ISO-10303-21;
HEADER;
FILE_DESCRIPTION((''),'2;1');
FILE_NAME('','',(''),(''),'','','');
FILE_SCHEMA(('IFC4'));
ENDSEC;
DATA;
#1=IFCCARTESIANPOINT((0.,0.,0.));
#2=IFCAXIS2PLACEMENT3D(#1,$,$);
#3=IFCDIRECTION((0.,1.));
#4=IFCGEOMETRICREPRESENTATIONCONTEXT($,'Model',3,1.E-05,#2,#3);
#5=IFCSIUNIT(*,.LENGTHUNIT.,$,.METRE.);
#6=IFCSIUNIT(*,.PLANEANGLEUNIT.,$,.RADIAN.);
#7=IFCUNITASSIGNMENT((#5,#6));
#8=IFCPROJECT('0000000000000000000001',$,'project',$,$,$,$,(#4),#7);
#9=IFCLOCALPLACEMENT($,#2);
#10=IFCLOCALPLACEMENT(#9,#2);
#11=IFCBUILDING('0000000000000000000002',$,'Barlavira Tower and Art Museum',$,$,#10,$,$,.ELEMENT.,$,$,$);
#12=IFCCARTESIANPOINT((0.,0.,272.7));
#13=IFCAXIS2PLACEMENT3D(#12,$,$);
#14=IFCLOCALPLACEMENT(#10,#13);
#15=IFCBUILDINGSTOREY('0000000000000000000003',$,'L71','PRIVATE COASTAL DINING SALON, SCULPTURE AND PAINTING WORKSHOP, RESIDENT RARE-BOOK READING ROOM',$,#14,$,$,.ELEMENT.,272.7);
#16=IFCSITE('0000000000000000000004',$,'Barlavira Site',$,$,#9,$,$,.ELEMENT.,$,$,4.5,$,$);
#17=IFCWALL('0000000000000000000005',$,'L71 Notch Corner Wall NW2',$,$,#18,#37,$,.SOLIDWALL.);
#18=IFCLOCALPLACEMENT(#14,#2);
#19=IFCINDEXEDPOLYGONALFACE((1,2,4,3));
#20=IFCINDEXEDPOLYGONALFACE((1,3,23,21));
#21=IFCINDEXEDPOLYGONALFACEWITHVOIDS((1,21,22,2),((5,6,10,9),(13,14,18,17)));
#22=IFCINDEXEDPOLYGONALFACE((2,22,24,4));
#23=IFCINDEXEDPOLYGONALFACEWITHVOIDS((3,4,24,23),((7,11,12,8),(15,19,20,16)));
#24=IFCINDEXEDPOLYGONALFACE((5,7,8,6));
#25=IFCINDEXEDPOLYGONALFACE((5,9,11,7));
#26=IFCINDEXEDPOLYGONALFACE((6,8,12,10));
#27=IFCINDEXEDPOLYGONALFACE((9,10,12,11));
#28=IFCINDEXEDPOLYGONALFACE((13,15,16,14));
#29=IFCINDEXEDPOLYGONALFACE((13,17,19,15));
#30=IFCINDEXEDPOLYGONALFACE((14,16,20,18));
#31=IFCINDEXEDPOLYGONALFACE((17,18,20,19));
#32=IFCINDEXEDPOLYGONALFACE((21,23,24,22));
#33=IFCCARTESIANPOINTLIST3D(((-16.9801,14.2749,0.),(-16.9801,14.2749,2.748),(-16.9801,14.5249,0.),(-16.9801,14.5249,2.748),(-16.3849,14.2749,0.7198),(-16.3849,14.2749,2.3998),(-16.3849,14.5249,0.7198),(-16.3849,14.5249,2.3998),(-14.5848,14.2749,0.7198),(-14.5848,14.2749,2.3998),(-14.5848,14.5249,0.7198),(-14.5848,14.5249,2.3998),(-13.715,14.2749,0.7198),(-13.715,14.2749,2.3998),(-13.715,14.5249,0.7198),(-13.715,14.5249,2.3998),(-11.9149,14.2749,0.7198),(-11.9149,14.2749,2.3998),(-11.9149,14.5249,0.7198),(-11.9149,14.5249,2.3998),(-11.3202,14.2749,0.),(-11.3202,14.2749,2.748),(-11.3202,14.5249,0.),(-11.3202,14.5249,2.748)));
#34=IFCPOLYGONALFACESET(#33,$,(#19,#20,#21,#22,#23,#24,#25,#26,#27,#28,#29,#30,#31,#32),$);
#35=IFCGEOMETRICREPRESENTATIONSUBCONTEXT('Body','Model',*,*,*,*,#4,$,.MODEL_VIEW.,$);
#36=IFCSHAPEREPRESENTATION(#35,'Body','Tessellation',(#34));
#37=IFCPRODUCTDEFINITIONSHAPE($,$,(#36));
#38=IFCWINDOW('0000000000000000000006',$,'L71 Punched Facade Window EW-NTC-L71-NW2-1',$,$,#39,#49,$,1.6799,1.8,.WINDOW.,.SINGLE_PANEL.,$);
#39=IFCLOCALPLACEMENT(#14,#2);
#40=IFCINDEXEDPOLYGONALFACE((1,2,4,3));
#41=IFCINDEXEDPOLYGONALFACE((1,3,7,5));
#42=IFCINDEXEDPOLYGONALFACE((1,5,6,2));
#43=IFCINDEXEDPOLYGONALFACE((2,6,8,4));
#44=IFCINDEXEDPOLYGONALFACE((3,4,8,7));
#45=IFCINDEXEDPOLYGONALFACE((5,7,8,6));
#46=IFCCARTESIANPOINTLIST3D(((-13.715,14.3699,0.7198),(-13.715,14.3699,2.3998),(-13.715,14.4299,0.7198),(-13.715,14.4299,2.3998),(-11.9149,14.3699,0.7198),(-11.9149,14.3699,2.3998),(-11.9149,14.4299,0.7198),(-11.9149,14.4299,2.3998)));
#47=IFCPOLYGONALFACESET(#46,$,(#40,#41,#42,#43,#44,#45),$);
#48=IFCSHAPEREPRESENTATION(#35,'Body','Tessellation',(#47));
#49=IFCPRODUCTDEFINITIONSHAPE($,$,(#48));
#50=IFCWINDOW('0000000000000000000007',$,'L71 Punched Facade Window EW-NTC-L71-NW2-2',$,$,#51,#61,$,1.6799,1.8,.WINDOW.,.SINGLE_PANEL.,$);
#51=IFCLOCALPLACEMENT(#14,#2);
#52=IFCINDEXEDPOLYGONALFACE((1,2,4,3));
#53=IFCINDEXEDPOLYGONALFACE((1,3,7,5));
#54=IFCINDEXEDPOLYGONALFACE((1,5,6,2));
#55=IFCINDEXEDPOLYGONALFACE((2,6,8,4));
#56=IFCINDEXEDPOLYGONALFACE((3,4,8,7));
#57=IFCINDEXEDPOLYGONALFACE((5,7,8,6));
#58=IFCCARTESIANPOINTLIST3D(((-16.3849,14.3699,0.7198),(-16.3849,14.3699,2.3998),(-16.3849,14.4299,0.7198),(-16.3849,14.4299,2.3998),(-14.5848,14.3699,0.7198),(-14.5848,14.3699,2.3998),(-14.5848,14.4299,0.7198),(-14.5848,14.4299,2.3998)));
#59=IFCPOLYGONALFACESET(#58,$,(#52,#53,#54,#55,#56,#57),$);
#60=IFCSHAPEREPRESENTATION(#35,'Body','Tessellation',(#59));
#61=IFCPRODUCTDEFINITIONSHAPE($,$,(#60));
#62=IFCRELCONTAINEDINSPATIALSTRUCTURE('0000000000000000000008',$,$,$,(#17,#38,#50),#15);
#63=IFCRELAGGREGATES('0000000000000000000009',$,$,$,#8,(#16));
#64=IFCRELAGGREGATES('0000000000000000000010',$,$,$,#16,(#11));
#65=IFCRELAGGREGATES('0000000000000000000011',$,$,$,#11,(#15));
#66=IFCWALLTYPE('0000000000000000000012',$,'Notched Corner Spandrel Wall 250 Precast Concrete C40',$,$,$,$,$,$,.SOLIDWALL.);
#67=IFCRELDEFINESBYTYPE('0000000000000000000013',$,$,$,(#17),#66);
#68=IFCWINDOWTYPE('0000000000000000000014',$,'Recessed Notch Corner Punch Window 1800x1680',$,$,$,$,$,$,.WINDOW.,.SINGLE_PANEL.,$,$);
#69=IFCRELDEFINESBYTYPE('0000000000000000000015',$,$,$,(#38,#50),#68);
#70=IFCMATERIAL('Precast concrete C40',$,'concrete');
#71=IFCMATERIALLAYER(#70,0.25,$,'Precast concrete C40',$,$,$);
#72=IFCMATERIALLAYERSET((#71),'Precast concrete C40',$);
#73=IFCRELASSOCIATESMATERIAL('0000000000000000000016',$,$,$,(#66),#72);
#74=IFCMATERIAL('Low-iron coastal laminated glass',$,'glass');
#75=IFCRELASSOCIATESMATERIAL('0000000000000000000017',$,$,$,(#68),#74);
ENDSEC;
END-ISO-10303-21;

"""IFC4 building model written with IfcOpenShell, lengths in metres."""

from ifc_helpers import new_model, si_unit, direction, frame, frame_2d, origin, place, context, subcontext, project, spatial, rectangle, extrude, material, layer, layer_set, type_object, element, fill, save


model = new_model("IFC4")

# Units and contexts
model_context = context("Model", 3, precision=1e-05, world=origin(), true_north=direction((0.0, 1.0)))
body_context = subcontext(model_context, "Body", "Model", "MODEL_VIEW")
ifc_project = project(units=[si_unit("LENGTHUNIT", "METRE"), si_unit("PLANEANGLEUNIT", "RADIAN")], contexts=[model_context])

# Site, building, storey
site_placement = place(None, origin())
site = spatial("IfcSite", under=ifc_project, at=site_placement, Name="Barlavira Site", CompositionType="ELEMENT", RefElevation=4.5)
building_placement = place(site_placement, origin())
building = spatial("IfcBuilding", under=site, at=building_placement, Name="Barlavira Tower and Art Museum", CompositionType="ELEMENT")
storey_placement = place(building_placement, frame((0.0, 0.0, 272.7)))
storey = spatial("IfcBuildingStorey", under=building, at=storey_placement, Name="L71", Description="PRIVATE COASTAL DINING SALON, SCULPTURE AND PAINTING WORKSHOP, RESIDENT RARE-BOOK READING ROOM", CompositionType="ELEMENT", Elevation=272.7)

# Shared definitions
ifc_material_1 = material(Name="Precast concrete C40", Category="concrete")
ifc_layer_1 = layer(ifc_material_1, 0.25, Name="Precast concrete C40")
ifc_layer_set_1 = layer_set([ifc_layer_1], Name="Precast concrete C40")
wall_type = type_object("IfcWallType", Name="Notched Corner Spandrel Wall 250 Precast Concrete C40", PredefinedType="SOLIDWALL", material=ifc_layer_set_1)
ifc_material_2 = material(Name="Low-iron coastal laminated glass", Category="glass")
window_type = type_object("IfcWindowType", Name="Recessed Notch Corner Punch Window 1800x1680", PartitioningType="SINGLE_PANEL", PredefinedType="WINDOW", material=ifc_material_2)

# Wall, openings, windows
wall_1_placement = place(storey_placement, frame((-11.3201, 14.3999, 0.0), z_axis=(0.0, 0.0, 1.0), x_axis=(-1.0, 0.0, 0.0)))
wall_1 = element("IfcWall", 1, at=wall_1_placement, inside=storey, type_object=wall_type, Name="L71 Notch Corner Wall NW2", PredefinedType="SOLIDWALL", context=body_context, shape_type="SweptSolid", body=[
    extrude(rectangle(XDim=5.6599, YDim=0.25, at=frame_2d((2.8301, 0.0))), origin(), (0.0, 0.0, 1.0), 2.748),
])
opening_1_placement = place(wall_1_placement, frame((0.595, 0.0, 0.72)))
opening_1 = element("IfcOpeningElement", 2, at=opening_1_placement, cuts=wall_1, PredefinedType="OPENING", context=body_context, shape_type="SweptSolid", body=[
    extrude(rectangle(XDim=1.8, YDim=1.6799, at=frame_2d((0.8999, 0.8398))), frame((0.0, 0.135, 0.0), z_axis=(0.0, -1.0, 0.0), x_axis=(1.0, 0.0, 0.0)), (0.0, 0.0, 1.0), 0.27),
])
opening_2_placement = place(wall_1_placement, frame((3.2649, 0.0, 0.72)))
opening_2 = element("IfcOpeningElement", 3, at=opening_2_placement, cuts=wall_1, PredefinedType="OPENING", context=body_context, shape_type="SweptSolid", body=[
    extrude(rectangle(XDim=1.8, YDim=1.6799, at=frame_2d((0.8999, 0.8398))), frame((0.0, 0.135, 0.0), z_axis=(0.0, -1.0, 0.0), x_axis=(1.0, 0.0, 0.0)), (0.0, 0.0, 1.0), 0.27),
])
window_1_placement = place(opening_1_placement, origin())
window_1 = element("IfcWindow", 4, at=window_1_placement, inside=storey, type_object=window_type, Name="L71 Punched Facade Window EW-NTC-L71-NW2-1", OverallHeight=1.6799, OverallWidth=1.8, PartitioningType="SINGLE_PANEL", PredefinedType="WINDOW", context=body_context, shape_type="SweptSolid", body=[
    extrude(rectangle(XDim=1.8, YDim=1.6799, at=frame_2d((0.8999, 0.8398))), frame((0.0, 0.03, 0.0), z_axis=(0.0, -1.0, 0.0), x_axis=(1.0, 0.0, 0.0)), (0.0, 0.0, 1.0), 0.0601),
])
fill(opening_1, window_1)
window_2_placement = place(opening_2_placement, origin())
window_2 = element("IfcWindow", 5, at=window_2_placement, inside=storey, type_object=window_type, Name="L71 Punched Facade Window EW-NTC-L71-NW2-2", OverallHeight=1.6799, OverallWidth=1.8, PartitioningType="SINGLE_PANEL", PredefinedType="WINDOW", context=body_context, shape_type="SweptSolid", body=[
    extrude(rectangle(XDim=1.8, YDim=1.6799, at=frame_2d((0.8999, 0.8398))), frame((0.0, 0.03, 0.0), z_axis=(0.0, -1.0, 0.0), x_axis=(1.0, 0.0, 0.0)), (0.0, 0.0, 1.0), 0.0601),
])
fill(opening_2, window_2)

save(model, "model.ifc")
